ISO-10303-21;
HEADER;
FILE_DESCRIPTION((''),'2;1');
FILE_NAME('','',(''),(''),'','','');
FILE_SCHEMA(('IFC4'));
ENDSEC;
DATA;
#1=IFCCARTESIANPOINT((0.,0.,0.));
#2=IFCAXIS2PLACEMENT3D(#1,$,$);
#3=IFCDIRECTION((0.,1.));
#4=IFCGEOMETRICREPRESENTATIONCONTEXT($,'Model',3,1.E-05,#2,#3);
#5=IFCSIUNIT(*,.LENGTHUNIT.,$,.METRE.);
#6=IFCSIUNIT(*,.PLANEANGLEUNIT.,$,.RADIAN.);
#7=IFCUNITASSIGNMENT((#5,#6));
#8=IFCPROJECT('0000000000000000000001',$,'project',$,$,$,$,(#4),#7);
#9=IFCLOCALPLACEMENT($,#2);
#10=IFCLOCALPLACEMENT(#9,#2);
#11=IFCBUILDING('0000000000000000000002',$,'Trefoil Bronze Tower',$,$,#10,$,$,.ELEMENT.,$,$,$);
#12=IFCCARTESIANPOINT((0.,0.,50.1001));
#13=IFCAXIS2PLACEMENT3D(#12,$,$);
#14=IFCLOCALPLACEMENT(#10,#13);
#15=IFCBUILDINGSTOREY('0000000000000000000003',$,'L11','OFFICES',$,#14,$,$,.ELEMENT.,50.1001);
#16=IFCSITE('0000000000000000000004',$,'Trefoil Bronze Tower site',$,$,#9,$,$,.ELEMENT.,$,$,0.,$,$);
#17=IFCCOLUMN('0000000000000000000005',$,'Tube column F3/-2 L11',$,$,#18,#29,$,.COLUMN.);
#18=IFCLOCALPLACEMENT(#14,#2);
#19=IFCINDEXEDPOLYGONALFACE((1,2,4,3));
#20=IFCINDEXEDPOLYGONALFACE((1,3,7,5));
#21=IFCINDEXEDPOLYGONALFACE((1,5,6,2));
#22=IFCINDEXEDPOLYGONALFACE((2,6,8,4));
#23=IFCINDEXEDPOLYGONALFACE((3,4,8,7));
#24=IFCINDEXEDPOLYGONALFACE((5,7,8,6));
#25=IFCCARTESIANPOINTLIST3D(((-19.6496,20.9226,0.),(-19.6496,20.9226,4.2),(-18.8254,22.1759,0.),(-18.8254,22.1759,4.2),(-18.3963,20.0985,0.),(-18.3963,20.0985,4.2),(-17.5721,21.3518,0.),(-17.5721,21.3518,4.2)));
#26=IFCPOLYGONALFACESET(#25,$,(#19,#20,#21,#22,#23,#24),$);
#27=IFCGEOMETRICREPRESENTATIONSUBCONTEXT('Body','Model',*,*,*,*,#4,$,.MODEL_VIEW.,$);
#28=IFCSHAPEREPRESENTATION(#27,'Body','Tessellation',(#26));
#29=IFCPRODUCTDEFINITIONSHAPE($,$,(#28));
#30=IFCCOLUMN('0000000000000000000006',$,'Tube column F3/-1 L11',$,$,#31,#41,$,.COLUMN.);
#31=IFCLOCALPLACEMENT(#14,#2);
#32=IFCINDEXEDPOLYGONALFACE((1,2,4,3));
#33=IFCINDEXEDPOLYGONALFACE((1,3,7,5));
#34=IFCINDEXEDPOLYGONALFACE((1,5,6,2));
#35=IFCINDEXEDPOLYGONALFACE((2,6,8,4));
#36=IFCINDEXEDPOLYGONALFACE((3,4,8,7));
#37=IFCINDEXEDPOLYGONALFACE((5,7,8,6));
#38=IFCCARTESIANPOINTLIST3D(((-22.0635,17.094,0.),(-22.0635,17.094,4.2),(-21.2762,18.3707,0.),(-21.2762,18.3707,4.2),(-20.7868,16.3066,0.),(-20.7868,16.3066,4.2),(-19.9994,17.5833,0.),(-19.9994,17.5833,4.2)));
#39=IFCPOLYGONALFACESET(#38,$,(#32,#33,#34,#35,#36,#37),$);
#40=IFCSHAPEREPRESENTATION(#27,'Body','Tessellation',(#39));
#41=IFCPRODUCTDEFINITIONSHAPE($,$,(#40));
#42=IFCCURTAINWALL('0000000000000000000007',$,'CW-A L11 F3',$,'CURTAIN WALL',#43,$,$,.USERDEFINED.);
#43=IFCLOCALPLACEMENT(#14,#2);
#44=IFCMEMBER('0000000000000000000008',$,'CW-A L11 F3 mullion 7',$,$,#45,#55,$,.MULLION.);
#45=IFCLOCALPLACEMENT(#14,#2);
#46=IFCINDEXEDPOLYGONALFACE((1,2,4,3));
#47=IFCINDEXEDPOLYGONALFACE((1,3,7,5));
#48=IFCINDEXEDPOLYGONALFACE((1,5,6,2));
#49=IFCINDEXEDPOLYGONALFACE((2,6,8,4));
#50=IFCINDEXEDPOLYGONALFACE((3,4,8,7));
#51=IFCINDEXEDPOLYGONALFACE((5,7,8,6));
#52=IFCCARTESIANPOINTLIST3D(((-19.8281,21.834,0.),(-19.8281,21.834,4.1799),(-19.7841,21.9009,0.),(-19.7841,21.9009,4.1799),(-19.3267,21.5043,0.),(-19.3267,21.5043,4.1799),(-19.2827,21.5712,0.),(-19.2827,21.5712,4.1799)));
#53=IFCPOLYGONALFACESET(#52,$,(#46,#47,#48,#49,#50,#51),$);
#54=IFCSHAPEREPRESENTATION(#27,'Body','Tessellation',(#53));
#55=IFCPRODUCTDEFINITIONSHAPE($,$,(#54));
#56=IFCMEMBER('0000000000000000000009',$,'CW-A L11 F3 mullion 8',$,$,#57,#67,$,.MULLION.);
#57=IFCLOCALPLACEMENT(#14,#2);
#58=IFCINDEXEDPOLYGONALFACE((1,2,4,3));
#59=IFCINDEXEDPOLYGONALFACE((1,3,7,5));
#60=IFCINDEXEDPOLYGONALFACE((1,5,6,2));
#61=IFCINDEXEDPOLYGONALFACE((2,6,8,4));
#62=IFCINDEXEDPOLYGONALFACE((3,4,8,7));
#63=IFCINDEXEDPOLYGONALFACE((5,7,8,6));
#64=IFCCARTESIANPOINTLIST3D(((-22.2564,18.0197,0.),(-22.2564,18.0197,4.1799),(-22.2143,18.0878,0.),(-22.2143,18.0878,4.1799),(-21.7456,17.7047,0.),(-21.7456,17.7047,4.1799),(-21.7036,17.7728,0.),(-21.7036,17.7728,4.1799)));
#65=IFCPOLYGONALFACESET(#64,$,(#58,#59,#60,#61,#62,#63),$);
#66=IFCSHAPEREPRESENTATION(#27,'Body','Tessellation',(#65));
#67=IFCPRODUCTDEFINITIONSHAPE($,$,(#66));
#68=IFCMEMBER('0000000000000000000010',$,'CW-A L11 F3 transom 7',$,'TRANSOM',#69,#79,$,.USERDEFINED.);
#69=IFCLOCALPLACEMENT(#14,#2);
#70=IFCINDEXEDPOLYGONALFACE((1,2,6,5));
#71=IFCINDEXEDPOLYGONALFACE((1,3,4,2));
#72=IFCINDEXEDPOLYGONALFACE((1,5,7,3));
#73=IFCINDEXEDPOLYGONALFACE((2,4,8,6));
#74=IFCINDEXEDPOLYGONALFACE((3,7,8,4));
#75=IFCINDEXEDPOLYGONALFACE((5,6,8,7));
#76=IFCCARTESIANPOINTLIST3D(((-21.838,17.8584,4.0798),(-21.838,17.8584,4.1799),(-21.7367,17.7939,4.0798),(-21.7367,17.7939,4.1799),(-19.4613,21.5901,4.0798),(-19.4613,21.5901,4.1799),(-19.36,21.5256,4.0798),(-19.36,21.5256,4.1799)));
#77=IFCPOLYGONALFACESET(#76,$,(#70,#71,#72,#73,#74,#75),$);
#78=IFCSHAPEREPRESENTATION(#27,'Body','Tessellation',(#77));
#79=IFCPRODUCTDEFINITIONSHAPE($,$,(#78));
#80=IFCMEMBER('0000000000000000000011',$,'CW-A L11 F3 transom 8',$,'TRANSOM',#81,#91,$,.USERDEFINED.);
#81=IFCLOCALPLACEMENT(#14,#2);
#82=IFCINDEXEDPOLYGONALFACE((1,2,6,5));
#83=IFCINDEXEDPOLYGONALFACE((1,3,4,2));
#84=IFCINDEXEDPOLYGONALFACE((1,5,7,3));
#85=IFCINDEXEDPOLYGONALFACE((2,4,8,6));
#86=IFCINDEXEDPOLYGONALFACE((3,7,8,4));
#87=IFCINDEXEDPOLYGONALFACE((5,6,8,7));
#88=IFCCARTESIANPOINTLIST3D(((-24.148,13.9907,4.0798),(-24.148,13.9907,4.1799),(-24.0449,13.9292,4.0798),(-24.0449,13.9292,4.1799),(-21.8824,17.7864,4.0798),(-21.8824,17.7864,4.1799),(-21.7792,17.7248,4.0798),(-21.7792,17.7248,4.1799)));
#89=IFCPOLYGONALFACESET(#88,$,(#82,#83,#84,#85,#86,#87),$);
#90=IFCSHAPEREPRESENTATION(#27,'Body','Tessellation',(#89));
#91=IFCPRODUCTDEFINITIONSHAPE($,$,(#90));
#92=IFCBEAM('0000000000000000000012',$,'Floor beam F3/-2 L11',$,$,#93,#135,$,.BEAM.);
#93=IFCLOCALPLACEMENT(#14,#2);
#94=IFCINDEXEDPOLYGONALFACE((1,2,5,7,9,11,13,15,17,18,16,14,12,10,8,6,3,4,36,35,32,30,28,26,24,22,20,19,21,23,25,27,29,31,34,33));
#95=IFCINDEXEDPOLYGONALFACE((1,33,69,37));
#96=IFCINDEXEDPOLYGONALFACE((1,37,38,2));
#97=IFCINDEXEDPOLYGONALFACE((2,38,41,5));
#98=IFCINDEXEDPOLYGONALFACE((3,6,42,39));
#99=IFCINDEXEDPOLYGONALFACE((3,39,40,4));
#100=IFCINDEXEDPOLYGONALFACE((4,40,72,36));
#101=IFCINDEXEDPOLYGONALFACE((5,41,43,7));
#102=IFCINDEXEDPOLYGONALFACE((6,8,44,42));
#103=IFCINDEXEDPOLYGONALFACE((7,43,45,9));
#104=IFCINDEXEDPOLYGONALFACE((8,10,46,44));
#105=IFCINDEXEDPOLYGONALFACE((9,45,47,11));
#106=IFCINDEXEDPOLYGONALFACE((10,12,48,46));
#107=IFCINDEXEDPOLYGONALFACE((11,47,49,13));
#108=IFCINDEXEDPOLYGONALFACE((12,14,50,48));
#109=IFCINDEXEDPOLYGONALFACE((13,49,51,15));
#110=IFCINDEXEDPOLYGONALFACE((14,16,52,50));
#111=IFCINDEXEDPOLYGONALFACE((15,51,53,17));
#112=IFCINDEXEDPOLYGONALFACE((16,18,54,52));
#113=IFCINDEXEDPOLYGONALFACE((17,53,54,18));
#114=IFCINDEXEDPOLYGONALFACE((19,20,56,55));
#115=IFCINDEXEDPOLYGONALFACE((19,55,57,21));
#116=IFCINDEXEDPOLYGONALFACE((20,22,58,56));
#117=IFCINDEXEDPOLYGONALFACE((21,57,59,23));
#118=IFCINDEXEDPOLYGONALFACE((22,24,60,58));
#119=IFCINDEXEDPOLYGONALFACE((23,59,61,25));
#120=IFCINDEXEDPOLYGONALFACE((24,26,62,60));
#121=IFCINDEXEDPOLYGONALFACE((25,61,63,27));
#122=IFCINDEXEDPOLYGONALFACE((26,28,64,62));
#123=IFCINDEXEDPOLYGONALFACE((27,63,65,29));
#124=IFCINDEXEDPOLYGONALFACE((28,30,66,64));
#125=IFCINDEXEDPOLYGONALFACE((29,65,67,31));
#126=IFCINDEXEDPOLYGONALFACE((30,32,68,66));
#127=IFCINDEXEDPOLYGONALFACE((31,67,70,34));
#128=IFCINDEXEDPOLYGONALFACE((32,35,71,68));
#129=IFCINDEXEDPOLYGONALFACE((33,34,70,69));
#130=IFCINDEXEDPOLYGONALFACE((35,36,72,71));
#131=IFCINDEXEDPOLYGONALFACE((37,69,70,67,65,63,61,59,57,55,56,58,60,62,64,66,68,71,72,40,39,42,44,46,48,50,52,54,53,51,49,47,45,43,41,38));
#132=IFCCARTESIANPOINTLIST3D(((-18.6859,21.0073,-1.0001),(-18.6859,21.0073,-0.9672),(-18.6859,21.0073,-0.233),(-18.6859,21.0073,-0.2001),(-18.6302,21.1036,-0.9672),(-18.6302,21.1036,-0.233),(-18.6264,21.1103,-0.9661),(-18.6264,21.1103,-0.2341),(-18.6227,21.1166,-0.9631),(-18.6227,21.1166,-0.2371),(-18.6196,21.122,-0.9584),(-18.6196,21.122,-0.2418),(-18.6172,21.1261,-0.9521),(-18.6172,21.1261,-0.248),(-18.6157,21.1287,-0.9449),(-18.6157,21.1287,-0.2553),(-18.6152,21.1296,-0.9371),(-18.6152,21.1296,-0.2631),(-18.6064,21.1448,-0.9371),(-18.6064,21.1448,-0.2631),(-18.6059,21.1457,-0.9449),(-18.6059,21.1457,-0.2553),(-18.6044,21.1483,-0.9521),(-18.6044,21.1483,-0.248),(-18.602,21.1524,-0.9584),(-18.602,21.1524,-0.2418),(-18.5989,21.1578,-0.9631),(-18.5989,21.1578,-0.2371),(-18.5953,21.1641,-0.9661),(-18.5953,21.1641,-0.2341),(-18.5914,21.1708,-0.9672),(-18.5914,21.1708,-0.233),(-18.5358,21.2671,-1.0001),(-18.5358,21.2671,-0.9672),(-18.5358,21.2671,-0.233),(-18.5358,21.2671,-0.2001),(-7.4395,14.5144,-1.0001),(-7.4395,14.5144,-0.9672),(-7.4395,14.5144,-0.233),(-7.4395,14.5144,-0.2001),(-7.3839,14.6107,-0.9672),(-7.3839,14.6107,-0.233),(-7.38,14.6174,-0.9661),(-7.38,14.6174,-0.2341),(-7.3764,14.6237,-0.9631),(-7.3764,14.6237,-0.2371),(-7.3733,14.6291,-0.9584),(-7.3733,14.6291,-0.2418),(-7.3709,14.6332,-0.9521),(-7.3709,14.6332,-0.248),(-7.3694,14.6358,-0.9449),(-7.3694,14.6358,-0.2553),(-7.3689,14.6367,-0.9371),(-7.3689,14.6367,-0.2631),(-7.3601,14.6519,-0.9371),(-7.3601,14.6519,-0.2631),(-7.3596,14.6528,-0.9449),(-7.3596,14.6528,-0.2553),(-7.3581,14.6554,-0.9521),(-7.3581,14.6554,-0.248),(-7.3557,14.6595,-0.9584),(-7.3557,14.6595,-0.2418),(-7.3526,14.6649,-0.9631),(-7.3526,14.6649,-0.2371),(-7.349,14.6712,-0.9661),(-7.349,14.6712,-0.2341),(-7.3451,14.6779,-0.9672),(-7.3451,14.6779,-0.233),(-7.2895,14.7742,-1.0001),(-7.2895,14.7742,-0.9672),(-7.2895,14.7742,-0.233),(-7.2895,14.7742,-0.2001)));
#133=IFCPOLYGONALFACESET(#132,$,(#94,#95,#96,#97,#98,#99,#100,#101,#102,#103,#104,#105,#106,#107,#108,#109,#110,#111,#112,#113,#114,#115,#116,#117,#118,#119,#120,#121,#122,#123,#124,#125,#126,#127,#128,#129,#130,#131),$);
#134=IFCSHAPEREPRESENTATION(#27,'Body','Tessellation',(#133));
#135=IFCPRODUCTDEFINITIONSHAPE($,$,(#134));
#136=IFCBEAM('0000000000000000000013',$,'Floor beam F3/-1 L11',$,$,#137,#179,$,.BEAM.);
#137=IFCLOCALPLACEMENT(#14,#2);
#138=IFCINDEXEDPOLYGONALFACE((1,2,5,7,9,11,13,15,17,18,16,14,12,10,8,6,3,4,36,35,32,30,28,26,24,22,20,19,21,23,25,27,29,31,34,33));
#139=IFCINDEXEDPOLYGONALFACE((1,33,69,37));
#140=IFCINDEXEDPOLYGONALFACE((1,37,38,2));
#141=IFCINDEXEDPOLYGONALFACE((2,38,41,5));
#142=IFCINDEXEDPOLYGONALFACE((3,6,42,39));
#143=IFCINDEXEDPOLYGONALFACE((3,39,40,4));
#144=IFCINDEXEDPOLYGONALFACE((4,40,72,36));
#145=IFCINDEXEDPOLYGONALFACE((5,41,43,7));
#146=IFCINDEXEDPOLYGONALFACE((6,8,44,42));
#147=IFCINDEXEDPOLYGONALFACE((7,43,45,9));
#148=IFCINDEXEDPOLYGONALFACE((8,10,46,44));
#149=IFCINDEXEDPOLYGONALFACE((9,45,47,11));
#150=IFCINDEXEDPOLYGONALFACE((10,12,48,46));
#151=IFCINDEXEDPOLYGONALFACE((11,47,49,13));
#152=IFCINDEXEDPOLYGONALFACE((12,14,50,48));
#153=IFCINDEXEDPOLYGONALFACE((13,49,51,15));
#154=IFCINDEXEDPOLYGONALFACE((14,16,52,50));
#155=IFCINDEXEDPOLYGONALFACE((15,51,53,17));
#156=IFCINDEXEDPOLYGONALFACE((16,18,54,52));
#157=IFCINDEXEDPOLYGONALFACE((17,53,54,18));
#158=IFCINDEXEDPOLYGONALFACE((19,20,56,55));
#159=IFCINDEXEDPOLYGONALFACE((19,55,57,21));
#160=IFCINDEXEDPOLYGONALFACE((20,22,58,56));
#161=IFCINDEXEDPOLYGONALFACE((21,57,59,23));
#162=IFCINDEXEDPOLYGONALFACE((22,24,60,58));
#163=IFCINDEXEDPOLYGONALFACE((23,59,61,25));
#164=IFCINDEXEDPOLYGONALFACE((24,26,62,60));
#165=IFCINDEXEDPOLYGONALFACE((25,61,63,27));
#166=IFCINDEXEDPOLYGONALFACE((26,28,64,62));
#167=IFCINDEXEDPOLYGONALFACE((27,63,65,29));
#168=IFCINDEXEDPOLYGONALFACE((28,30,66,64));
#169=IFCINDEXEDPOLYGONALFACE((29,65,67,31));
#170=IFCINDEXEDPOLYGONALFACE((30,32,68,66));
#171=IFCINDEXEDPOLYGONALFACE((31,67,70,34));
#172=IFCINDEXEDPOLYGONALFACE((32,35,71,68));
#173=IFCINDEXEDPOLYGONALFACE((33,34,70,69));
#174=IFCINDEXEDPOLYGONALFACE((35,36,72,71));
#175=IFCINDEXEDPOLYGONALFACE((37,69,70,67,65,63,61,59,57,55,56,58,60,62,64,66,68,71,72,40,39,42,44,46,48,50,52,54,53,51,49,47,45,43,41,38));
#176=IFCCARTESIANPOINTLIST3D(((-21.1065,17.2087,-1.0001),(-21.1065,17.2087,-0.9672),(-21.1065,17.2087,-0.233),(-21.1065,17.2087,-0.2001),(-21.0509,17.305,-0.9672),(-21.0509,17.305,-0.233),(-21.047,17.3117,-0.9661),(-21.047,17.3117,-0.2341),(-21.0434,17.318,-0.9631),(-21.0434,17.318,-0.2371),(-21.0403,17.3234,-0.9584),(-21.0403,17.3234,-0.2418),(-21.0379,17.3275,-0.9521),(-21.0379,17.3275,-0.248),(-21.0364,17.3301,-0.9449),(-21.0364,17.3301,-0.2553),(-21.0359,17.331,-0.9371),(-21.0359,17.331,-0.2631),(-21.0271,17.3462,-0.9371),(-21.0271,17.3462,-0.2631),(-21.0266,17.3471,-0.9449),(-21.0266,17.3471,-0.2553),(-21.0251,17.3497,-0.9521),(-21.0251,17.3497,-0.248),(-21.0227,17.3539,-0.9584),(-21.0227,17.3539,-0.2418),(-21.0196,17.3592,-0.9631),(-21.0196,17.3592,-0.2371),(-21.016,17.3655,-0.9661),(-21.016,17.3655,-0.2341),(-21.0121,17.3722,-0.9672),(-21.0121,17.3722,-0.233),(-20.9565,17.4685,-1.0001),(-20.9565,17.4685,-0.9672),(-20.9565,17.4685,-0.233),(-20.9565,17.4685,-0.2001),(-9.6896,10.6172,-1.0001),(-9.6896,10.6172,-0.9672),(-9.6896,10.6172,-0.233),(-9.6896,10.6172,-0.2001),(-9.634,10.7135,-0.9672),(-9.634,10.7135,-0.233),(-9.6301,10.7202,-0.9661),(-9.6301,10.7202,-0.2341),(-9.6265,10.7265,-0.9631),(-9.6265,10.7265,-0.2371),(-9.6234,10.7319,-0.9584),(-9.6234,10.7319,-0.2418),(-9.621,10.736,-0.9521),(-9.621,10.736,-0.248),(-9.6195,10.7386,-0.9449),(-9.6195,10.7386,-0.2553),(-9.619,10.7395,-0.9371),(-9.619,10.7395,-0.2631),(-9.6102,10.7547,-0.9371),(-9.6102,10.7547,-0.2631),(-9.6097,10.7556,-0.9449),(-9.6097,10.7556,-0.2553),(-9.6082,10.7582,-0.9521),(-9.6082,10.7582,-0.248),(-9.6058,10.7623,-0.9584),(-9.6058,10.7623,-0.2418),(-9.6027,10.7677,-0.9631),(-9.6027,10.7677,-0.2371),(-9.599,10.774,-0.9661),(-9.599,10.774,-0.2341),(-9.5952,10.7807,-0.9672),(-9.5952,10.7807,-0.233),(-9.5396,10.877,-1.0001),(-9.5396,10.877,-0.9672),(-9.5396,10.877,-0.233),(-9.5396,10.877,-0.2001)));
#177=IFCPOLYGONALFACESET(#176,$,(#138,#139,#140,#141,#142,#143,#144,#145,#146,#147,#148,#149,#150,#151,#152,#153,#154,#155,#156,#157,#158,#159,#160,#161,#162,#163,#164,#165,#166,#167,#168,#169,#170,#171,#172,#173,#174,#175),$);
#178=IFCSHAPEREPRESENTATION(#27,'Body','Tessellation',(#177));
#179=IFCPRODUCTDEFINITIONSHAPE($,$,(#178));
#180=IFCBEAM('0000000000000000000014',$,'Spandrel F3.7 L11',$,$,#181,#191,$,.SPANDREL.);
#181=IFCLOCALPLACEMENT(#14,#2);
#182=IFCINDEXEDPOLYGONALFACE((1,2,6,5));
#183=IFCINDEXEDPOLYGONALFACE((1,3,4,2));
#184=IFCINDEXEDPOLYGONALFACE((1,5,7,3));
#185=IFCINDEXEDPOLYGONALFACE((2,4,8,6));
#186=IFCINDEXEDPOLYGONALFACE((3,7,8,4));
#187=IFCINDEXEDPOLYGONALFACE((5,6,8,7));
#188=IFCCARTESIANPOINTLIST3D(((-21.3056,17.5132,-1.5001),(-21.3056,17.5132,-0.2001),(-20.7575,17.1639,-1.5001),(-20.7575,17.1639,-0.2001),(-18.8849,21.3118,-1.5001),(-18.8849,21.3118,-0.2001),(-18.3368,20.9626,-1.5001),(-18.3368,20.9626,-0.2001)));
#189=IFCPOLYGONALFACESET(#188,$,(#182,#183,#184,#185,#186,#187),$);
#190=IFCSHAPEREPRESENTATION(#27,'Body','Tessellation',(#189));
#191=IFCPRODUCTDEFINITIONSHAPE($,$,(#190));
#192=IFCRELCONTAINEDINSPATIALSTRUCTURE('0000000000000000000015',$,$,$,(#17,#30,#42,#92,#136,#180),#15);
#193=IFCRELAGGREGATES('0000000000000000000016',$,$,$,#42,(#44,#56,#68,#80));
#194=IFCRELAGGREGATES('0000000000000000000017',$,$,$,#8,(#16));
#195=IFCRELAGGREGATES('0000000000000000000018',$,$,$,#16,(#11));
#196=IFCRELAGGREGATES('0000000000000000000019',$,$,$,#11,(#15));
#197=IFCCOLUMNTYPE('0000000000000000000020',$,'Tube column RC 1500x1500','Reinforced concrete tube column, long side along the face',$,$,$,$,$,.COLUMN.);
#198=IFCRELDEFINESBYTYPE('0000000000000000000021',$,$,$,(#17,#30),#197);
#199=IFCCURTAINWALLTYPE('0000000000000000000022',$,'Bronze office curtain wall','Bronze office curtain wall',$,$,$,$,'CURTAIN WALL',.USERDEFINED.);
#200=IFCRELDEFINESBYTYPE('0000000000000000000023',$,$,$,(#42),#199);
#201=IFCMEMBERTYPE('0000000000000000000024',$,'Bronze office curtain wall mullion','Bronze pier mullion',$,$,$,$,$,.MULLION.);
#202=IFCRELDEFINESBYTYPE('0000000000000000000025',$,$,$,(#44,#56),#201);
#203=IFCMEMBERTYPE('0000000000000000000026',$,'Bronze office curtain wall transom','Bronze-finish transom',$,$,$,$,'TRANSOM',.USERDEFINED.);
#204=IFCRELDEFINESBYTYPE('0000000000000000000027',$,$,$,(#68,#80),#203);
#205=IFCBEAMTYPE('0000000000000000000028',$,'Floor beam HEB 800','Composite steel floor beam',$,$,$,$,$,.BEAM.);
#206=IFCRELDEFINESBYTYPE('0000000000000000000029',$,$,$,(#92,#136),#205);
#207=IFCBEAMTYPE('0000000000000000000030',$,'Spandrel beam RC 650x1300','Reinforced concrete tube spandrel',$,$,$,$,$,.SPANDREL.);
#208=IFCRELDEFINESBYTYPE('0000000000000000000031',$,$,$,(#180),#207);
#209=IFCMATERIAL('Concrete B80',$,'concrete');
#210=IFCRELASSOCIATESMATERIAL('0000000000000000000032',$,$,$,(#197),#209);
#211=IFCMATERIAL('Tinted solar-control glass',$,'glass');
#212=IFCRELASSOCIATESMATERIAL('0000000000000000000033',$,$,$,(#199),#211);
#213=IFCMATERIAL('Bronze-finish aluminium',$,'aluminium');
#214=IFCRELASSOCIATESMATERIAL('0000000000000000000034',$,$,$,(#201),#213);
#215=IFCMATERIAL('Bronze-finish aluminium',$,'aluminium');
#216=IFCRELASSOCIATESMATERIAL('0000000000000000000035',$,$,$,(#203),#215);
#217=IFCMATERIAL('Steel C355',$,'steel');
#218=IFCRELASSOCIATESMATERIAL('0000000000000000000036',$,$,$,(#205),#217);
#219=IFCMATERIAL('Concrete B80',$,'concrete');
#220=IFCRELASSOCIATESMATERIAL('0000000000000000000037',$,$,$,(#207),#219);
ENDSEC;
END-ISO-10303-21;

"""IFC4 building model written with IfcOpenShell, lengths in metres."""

from ifc_helpers import new_model, si_unit, direction, frame, origin, origin_2d, place, context, subcontext, project, spatial, rectangle, i_section, extrude, material, material_profile, profile_set, type_object, element, aggregate, save


model = new_model("IFC4")

# Units and contexts
model_context = context("Model", 3, precision=1e-05, world=origin(), true_north=direction((0.0, 1.0)))
body_context = subcontext(model_context, "Body", "Model", "MODEL_VIEW")
ifc_project = project(units=[si_unit("LENGTHUNIT", "METRE"), si_unit("PLANEANGLEUNIT", "RADIAN")], contexts=[model_context])

# Site, building, storey
site_placement = place(None, origin())
site = spatial("IfcSite", under=ifc_project, at=site_placement, Name="Trefoil Bronze Tower site", CompositionType="ELEMENT", RefElevation=0.0)
building_placement = place(site_placement, origin())
building = spatial("IfcBuilding", under=site, at=building_placement, Name="Trefoil Bronze Tower", CompositionType="ELEMENT")
storey_placement = place(building_placement, frame((0.0, 0.0, 50.1001)))
storey = spatial("IfcBuildingStorey", under=building, at=storey_placement, Name="L11", Description="OFFICES", CompositionType="ELEMENT", Elevation=50.1001)

# Columns
ifc_material_1 = material(Name="Concrete B80", Category="concrete")
ifc_material_profile_1 = material_profile(ifc_material_1, rectangle(XDim=1.5, YDim=1.5, at=origin_2d()), Name="RC 1500x1500")
ifc_profile_set_1 = profile_set([ifc_material_profile_1], Name="Concrete B80")
column_type = type_object("IfcColumnType", Name="Tube column RC 1500x1500", Description="Reinforced concrete tube column, long side along the face", PredefinedType="COLUMN", material=ifc_profile_set_1)
for number, where, z_axis, x_axis, name in (
    (1, (-18.6108, 21.1372, 0.0), (0.0, 0.0, 1.0), (-0.549424, -0.835544, 0.0), "Tube column F3/-2 L11"),
    (2, (-21.0315, 17.3386, 0.0), (0.0, 0.0, 1.0), (-0.524923, -0.85115, 0.0), "Tube column F3/-1 L11"),
):
    element("IfcColumn", number, at=place(storey_placement, frame(where, z_axis=z_axis, x_axis=x_axis)), inside=storey, type_object=column_type, Name=name, PredefinedType="COLUMN", context=body_context, shape_type="SweptSolid", body=[
        extrude(rectangle(XDim=1.5, YDim=1.5, at=origin_2d()), origin(), (0.0, 0.0, 1.0), 4.2),
    ])

# Curtain wall, members
ifc_material_2 = material(Name="Tinted solar-control glass", Category="glass")
curtain_wall_type = type_object("IfcCurtainWallType", Name="Bronze office curtain wall", Description="Bronze office curtain wall", ElementType="CURTAIN WALL", PredefinedType="USERDEFINED", material=ifc_material_2)
curtain_wall_placement = place(storey_placement, origin())
curtain_wall = element("IfcCurtainWall", 3, at=curtain_wall_placement, inside=storey, type_object=curtain_wall_type, Name="CW-A L11 F3", ObjectType="CURTAIN WALL", PredefinedType="USERDEFINED")
ifc_material_3 = material(Name="Bronze-finish aluminium", Category="aluminium")
ifc_material_profile_2 = material_profile(ifc_material_3, rectangle(XDim=0.6001, YDim=0.0801, at=origin_2d()), Name="CW-A mullion")
ifc_profile_set_2 = profile_set([ifc_material_profile_2], Name="Bronze-finish aluminium")
member_type_1 = type_object("IfcMemberType", Name="Bronze office curtain wall mullion", Description="Bronze pier mullion", PredefinedType="MULLION", material=ifc_profile_set_2)
member_1_placement = place(storey_placement, frame((-19.5554, 21.7026, 0.0), z_axis=(0.0, 0.0, 1.0), x_axis=(0.835544, -0.549424, 0.0)))
member_1 = element("IfcMember", 4, at=member_1_placement, type_object=member_type_1, Name="CW-A L11 F3 mullion 7", PredefinedType="MULLION", context=body_context, shape_type="SweptSolid", body=[
    extrude(rectangle(XDim=0.6001, YDim=0.0801, at=origin_2d()), origin(), (0.0, 0.0, 1.0), 4.1799),
])
member_2_placement = place(storey_placement, frame((-21.98, 17.8962, 0.0), z_axis=(0.0, 0.0, 1.0), x_axis=(0.85115, -0.524923, 0.0)))
member_2 = element("IfcMember", 5, at=member_2_placement, type_object=member_type_1, Name="CW-A L11 F3 mullion 8", PredefinedType="MULLION", context=body_context, shape_type="SweptSolid", body=[
    extrude(rectangle(XDim=0.6001, YDim=0.0801, at=origin_2d()), origin(), (0.0, 0.0, 1.0), 4.1799),
])
ifc_material_4 = material(Name="Bronze-finish aluminium", Category="aluminium")
ifc_material_profile_3 = material_profile(ifc_material_4, rectangle(XDim=0.1201, YDim=0.1001, at=origin_2d()), Name="CW-A transom")
ifc_profile_set_3 = profile_set([ifc_material_profile_3], Name="Bronze-finish aluminium")
member_type_2 = type_object("IfcMemberType", Name="Bronze office curtain wall transom", Description="Bronze-finish transom", ElementType="TRANSOM", PredefinedType="USERDEFINED", material=ifc_profile_set_3)
member_3_placement = place(storey_placement, frame((-19.4106, 21.5579, 4.1299), z_axis=(-0.537197, -0.843457, 0.0), x_axis=(0.843457, -0.537197, 0.0)))
member_3 = element("IfcMember", 6, at=member_3_placement, type_object=member_type_2, Name="CW-A L11 F3 transom 7", ObjectType="TRANSOM", PredefinedType="USERDEFINED", context=body_context, shape_type="SweptSolid", body=[
    extrude(rectangle(XDim=0.1201, YDim=0.1001, at=origin_2d()), origin(), (0.0, 0.0, 1.0), 4.4243),
])
member_4_placement = place(storey_placement, frame((-21.8308, 17.7556, 4.1299), z_axis=(-0.512537, -0.858665, 0.0), x_axis=(0.858665, -0.512537, 0.0)))
member_4 = element("IfcMember", 7, at=member_4_placement, type_object=member_type_2, Name="CW-A L11 F3 transom 8", ObjectType="TRANSOM", PredefinedType="USERDEFINED", context=body_context, shape_type="SweptSolid", body=[
    extrude(rectangle(XDim=0.1201, YDim=0.1001, at=origin_2d()), origin(), (0.0, 0.0, 1.0), 4.4204),
])

# Beams
ifc_material_5 = material(Name="Steel C355", Category="steel")
ifc_material_profile_4 = material_profile(ifc_material_5, i_section(OverallWidth=0.3, OverallDepth=0.8, WebThickness=0.0176, FlangeThickness=0.033, FilletRadius=0.03, at=origin_2d()), Name="HEB 800")
ifc_profile_set_4 = profile_set([ifc_material_profile_4], Name="Steel C355")
beam_type_1 = type_object("IfcBeamType", Name="Floor beam HEB 800", Description="Composite steel floor beam", PredefinedType="BEAM", material=ifc_profile_set_4)
beam_1_placement = place(storey_placement, frame((-18.6108, 21.1372, -0.6001), z_axis=(0.866031, -0.499991, 0.0), x_axis=(0.499991, 0.866031, 0.0)))
element("IfcBeam", 8, at=beam_1_placement, inside=storey, type_object=beam_type_1, Name="Floor beam F3/-2 L11", PredefinedType="BEAM", context=body_context, shape_type="SweptSolid", body=[
    extrude(i_section(OverallWidth=0.3, OverallDepth=0.8, WebThickness=0.0176, FlangeThickness=0.033, FilletRadius=0.03, at=origin_2d()), origin(), (0.0, 0.0, 1.0), 12.9861),
])
beam_2_placement = place(storey_placement, frame((-21.0315, 17.3386, -0.6001), z_axis=(0.866027, -0.499997, 0.0), x_axis=(0.499997, 0.866027, 0.0)))
element("IfcBeam", 9, at=beam_2_placement, inside=storey, type_object=beam_type_1, Name="Floor beam F3/-1 L11", PredefinedType="BEAM", context=body_context, shape_type="SweptSolid", body=[
    extrude(i_section(OverallWidth=0.3, OverallDepth=0.8, WebThickness=0.0176, FlangeThickness=0.033, FilletRadius=0.03, at=origin_2d()), origin(), (0.0, 0.0, 1.0), 13.1831),
])
ifc_material_6 = material(Name="Concrete B80", Category="concrete")
ifc_material_profile_5 = material_profile(ifc_material_6, rectangle(XDim=0.6499, YDim=1.3, at=origin_2d()), Name="RC 650x1300")
ifc_profile_set_5 = profile_set([ifc_material_profile_5], Name="Concrete B80")
beam_type_2 = type_object("IfcBeamType", Name="Spandrel beam RC 650x1300", Description="Reinforced concrete tube spandrel", PredefinedType="SPANDREL", material=ifc_profile_set_5)
beam_3_placement = place(storey_placement, frame((-18.6108, 21.1372, -0.8501), z_axis=(-0.537408, -0.843322, 0.0), x_axis=(0.843322, -0.537408, 0.0)))
element("IfcBeam", 10, at=beam_3_placement, inside=storey, type_object=beam_type_2, Name="Spandrel F3.7 L11", PredefinedType="SPANDREL", context=body_context, shape_type="SweptSolid", body=[
    extrude(rectangle(XDim=0.6499, YDim=1.3, at=origin_2d()), origin(), (0.0, 0.0, 1.0), 4.5044),
])

aggregate(curtain_wall, [member_1, member_2, member_3, member_4])

save(model, "model.ifc")
